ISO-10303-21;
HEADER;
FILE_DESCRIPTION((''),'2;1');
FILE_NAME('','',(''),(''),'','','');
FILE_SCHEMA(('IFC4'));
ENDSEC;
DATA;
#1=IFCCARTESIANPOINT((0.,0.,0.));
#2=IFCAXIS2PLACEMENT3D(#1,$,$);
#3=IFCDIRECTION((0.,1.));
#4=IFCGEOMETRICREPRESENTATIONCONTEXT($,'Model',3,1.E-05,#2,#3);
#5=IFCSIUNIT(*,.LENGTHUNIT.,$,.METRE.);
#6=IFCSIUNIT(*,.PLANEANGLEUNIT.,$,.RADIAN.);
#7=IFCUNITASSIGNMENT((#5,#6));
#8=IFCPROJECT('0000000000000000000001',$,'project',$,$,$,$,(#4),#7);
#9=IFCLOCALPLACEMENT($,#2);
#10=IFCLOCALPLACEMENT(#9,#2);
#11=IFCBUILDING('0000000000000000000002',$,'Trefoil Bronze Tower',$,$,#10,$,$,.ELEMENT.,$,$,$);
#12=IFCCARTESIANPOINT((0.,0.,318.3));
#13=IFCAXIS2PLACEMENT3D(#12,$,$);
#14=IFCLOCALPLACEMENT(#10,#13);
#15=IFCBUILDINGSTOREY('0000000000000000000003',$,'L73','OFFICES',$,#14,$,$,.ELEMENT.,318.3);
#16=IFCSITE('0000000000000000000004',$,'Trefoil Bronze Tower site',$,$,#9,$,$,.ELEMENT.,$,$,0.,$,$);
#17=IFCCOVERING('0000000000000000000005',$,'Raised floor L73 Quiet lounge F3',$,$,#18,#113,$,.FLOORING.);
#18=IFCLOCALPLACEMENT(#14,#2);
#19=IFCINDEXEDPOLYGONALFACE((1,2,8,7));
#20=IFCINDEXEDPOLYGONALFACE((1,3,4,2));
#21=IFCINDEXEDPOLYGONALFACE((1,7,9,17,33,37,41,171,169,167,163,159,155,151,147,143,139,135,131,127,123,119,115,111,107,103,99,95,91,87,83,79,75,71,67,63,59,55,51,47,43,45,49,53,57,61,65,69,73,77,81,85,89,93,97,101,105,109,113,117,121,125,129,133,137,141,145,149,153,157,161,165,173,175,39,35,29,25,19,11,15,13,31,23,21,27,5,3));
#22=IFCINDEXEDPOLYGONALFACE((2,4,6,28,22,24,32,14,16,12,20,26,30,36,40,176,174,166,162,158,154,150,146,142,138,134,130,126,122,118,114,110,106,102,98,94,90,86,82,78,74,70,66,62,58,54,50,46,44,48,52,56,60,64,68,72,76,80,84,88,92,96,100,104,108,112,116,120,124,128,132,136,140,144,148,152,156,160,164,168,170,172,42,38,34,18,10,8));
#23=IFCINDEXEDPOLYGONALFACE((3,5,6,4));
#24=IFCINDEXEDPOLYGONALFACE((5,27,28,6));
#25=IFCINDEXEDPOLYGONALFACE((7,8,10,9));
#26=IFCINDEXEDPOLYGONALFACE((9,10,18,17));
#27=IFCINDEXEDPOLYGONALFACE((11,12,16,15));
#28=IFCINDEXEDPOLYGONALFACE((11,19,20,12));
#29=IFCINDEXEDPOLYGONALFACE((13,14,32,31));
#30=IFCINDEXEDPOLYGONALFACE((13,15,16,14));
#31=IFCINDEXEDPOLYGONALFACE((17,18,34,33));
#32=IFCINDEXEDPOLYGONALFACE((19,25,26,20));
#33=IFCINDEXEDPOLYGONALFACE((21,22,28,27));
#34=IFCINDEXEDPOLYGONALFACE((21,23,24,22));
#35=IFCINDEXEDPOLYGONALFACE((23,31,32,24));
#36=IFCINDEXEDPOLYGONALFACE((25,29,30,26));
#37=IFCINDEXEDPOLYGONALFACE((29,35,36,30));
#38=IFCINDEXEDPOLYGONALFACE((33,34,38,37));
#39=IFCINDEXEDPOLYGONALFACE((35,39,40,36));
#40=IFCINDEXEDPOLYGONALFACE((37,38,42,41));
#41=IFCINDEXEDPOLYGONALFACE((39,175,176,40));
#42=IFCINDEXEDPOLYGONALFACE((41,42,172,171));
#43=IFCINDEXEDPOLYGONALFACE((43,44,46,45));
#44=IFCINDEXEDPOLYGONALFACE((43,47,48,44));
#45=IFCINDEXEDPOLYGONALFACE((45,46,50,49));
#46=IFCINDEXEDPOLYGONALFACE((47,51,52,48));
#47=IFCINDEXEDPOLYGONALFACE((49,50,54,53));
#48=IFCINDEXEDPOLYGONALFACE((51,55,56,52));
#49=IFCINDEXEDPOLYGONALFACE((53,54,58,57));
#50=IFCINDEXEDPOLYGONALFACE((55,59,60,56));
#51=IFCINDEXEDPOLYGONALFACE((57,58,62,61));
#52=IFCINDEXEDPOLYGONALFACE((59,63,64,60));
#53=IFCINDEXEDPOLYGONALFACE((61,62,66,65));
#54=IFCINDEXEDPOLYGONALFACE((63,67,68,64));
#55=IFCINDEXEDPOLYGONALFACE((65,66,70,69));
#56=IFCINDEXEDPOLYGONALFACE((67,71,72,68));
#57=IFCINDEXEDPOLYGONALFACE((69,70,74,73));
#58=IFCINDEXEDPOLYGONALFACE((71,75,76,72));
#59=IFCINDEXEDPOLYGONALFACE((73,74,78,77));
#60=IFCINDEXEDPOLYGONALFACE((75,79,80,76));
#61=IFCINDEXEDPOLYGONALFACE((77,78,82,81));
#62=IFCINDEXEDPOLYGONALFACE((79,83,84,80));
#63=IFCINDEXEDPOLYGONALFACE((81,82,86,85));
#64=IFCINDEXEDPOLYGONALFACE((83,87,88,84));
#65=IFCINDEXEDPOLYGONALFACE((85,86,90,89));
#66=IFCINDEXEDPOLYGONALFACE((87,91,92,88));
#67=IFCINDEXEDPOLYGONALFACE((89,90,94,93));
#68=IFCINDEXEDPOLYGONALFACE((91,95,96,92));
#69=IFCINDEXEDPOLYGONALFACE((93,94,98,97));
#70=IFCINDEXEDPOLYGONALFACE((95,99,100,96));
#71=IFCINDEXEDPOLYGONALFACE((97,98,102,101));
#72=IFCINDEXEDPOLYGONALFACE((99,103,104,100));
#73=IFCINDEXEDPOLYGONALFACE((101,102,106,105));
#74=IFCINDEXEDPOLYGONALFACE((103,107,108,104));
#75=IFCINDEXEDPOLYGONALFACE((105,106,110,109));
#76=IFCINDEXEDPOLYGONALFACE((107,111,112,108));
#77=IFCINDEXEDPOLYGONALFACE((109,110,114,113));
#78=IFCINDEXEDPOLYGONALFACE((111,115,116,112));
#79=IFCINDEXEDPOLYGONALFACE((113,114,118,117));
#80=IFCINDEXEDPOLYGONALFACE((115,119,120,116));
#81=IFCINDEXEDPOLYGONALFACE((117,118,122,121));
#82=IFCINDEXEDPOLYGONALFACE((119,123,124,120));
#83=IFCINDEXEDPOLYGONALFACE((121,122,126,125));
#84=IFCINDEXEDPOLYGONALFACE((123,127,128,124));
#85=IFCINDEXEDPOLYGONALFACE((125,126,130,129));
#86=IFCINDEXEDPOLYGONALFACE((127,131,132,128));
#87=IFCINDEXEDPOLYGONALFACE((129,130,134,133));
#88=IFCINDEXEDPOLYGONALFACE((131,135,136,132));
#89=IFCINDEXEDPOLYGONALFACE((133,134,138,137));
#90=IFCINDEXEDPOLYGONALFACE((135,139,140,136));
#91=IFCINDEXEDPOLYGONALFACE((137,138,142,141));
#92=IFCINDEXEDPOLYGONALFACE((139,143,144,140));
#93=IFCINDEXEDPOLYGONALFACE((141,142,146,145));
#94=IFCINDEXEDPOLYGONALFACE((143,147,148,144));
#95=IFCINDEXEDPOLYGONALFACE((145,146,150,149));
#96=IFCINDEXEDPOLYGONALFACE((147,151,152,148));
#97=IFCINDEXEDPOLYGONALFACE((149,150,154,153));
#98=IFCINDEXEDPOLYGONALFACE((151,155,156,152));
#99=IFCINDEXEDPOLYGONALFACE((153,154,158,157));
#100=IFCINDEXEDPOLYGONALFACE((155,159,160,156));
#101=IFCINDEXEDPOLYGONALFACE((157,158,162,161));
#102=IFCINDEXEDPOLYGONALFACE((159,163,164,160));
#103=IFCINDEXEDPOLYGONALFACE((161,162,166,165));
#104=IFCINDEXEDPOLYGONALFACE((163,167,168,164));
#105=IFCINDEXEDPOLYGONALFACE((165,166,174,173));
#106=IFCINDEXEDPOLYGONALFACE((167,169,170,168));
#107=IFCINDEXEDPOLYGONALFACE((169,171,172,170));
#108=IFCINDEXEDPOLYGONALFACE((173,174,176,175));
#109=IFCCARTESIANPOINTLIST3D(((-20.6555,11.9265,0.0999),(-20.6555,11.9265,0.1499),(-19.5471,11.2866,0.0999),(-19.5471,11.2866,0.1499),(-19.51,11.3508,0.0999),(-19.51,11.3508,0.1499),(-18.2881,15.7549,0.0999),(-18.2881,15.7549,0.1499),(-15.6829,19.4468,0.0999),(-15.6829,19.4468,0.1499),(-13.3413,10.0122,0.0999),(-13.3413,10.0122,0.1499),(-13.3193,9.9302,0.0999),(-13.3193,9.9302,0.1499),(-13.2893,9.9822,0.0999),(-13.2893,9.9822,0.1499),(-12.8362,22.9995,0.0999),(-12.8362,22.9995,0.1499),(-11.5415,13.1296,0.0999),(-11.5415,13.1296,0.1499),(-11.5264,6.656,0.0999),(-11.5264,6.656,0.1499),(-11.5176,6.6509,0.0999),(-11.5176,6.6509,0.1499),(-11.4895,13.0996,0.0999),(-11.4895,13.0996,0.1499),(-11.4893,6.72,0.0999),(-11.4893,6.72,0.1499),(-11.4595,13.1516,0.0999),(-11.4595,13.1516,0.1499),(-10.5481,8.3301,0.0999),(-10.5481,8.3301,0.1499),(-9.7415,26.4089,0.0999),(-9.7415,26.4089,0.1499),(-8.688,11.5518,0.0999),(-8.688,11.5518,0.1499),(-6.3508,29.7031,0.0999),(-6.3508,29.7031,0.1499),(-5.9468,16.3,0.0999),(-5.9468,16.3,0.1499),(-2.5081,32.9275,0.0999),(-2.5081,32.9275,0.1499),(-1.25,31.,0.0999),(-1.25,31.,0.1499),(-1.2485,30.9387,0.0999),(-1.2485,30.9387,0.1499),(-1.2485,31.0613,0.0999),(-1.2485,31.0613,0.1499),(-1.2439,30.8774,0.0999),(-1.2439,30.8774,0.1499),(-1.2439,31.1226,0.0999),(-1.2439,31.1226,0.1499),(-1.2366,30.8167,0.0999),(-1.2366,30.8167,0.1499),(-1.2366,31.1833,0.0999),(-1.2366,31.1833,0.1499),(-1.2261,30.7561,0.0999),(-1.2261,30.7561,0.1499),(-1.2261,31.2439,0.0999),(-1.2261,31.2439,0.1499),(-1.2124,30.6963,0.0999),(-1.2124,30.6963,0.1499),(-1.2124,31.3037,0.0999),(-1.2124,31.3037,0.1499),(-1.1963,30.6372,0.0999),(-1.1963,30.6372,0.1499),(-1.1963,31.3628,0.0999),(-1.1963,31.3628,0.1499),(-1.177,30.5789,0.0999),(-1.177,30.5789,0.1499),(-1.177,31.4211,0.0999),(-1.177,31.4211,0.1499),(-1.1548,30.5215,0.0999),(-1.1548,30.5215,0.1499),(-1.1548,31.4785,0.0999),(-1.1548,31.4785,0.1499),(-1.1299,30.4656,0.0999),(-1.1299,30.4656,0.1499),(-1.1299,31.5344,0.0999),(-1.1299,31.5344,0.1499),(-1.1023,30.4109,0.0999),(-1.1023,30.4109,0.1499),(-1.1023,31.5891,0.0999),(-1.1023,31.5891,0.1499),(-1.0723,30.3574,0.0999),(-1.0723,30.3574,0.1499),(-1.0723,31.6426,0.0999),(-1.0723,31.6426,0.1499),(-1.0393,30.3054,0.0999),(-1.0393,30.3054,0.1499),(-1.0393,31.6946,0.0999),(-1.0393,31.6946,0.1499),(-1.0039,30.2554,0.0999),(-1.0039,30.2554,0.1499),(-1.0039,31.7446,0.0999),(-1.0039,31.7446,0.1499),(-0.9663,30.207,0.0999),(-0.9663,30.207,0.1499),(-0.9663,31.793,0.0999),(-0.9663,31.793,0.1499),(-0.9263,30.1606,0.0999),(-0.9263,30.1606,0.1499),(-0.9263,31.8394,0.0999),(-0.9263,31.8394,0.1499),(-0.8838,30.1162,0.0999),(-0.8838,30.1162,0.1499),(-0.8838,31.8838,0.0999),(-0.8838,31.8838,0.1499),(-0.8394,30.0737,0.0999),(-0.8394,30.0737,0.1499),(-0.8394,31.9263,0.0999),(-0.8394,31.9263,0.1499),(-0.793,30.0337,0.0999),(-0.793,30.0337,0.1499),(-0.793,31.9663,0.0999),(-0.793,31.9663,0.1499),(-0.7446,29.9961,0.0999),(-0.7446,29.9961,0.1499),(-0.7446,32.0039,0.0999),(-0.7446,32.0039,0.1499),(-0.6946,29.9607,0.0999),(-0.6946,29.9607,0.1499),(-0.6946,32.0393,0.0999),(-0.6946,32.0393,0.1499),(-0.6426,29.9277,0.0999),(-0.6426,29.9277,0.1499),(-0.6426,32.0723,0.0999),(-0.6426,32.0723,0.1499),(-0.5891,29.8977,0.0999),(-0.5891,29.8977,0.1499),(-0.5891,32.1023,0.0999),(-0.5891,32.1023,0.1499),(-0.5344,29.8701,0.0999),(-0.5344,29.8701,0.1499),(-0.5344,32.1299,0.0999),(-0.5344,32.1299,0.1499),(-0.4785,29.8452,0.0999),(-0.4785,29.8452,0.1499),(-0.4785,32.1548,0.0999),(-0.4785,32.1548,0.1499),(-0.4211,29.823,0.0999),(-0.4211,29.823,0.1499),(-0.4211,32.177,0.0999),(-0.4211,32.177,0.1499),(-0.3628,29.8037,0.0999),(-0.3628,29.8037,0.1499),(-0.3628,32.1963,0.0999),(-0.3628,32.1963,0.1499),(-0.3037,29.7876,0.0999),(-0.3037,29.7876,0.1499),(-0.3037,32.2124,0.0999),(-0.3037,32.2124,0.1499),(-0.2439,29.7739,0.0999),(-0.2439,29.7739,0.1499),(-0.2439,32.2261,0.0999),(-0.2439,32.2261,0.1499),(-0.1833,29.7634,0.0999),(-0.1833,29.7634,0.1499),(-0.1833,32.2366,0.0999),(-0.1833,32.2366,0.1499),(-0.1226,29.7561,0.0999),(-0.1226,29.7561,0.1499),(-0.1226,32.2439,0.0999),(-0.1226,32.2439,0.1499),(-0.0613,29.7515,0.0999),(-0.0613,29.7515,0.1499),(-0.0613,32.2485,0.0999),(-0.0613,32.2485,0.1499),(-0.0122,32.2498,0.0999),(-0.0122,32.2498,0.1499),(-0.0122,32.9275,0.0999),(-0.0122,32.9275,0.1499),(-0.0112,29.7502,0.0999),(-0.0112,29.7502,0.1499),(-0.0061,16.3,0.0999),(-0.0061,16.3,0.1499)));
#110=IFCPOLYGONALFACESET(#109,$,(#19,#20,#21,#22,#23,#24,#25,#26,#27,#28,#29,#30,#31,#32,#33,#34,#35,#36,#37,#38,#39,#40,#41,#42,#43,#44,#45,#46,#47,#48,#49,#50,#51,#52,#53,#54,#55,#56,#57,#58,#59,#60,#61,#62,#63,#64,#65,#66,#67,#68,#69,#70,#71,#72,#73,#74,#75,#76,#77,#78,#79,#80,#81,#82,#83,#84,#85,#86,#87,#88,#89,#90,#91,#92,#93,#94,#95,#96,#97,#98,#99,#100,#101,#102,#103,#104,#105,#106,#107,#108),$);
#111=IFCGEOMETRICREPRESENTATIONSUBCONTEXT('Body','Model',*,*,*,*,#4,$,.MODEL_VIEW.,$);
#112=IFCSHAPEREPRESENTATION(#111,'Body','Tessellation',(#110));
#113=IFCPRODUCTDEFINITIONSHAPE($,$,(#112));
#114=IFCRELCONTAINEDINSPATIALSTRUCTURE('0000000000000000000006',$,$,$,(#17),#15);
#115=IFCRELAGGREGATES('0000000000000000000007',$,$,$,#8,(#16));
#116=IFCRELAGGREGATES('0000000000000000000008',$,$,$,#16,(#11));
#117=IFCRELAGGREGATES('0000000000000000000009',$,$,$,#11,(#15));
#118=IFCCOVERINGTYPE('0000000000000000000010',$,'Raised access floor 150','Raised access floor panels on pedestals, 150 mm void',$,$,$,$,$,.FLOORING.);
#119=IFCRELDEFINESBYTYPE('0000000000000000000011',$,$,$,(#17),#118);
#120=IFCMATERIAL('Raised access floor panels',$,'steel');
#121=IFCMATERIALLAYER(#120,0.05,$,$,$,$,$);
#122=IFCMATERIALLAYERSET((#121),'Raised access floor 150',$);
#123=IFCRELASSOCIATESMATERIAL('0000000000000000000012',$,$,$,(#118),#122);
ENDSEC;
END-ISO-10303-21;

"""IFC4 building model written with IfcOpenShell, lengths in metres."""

from ifc_helpers import new_model, si_unit, direction, frame, origin, place, context, subcontext, project, spatial, polyline, outline, extrude, material, layer, layer_set, type_object, element, save


model = new_model("IFC4")

# Units and contexts
model_context = context("Model", 3, precision=1e-05, world=origin(), true_north=direction((0.0, 1.0)))
body_context = subcontext(model_context, "Body", "Model", "MODEL_VIEW")
ifc_project = project(units=[si_unit("LENGTHUNIT", "METRE"), si_unit("PLANEANGLEUNIT", "RADIAN")], contexts=[model_context])

# Site, building, storey
site_placement = place(None, origin())
site = spatial("IfcSite", under=ifc_project, at=site_placement, Name="Trefoil Bronze Tower site", CompositionType="ELEMENT", RefElevation=0.0)
building_placement = place(site_placement, origin())
building = spatial("IfcBuilding", under=site, at=building_placement, Name="Trefoil Bronze Tower", CompositionType="ELEMENT")
storey_placement = place(building_placement, frame((0.0, 0.0, 318.3)))
storey = spatial("IfcBuildingStorey", under=building, at=storey_placement, Name="L73", Description="OFFICES", CompositionType="ELEMENT", Elevation=318.3)

# Covering
ifc_material_1 = material(Name="Raised access floor panels", Category="steel")
ifc_layer_1 = layer(ifc_material_1, 0.05)
ifc_layer_set_1 = layer_set([ifc_layer_1], Name="Raised access floor 150")
covering_type_1 = type_object("IfcCoveringType", Name="Raised access floor 150", Description="Raised access floor panels on pedestals, 150 mm void", PredefinedType="FLOORING", material=ifc_layer_set_1)
covering_1_placement = place(storey_placement, frame((0.0, 0.0, 0.0999)))
element("IfcCovering", 1, at=covering_1_placement, inside=storey, type_object=covering_type_1, Name="Raised floor L73 Quiet lounge F3", PredefinedType="FLOORING", context=body_context, shape_type="SweptSolid", body=[
    extrude(outline(polyline([(-0.0112, 29.7502), (-0.0061, 16.3), (-5.9468, 16.3), (-8.688, 11.5518), (-11.4595, 13.1516), (-11.4895, 13.0996), (-11.5415, 13.1296), (-13.3413, 10.0122), (-13.2893, 9.9822), (-13.3193, 9.9302), (-10.5481, 8.3301), (-11.5176, 6.6509), (-11.5264, 6.656), (-11.4893, 6.72), (-19.51, 11.3508), (-19.5471, 11.2866), (-20.6555, 11.9265), (-18.2881, 15.7549), (-15.6829, 19.4468), (-12.8362, 22.9995), (-9.7415, 26.4089), (-6.3508, 29.7031), (-2.5081, 32.9275), (-0.0122, 32.9275), (-0.0122, 32.2498), (-0.0613, 32.2485), (-0.1226, 32.2439), (-0.1833, 32.2366), (-0.2439, 32.2261), (-0.3037, 32.2124), (-0.3628, 32.1963), (-0.4211, 32.177), (-0.4785, 32.1548), (-0.5344, 32.1299), (-0.5891, 32.1023), (-0.6426, 32.0723), (-0.6946, 32.0393), (-0.7446, 32.0039), (-0.793, 31.9663), (-0.8394, 31.9263), (-0.8838, 31.8838), (-0.9263, 31.8394), (-0.9663, 31.793), (-1.0039, 31.7446), (-1.0393, 31.6946), (-1.0723, 31.6426), (-1.1023, 31.5891), (-1.1299, 31.5344), (-1.1548, 31.4785), (-1.177, 31.4211), (-1.1963, 31.3628), (-1.2124, 31.3037), (-1.2261, 31.2439), (-1.2366, 31.1833), (-1.2439, 31.1226), (-1.2485, 31.0613), (-1.25, 31.0), (-1.2485, 30.9387), (-1.2439, 30.8774), (-1.2366, 30.8167), (-1.2261, 30.7561), (-1.2124, 30.6963), (-1.1963, 30.6372), (-1.177, 30.5789), (-1.1548, 30.5215), (-1.1299, 30.4656), (-1.1023, 30.4109), (-1.0723, 30.3574), (-1.0393, 30.3054), (-1.0039, 30.2554), (-0.9663, 30.207), (-0.9263, 30.1606), (-0.8838, 30.1162), (-0.8394, 30.0737), (-0.793, 30.0337), (-0.7446, 29.9961), (-0.6946, 29.9607), (-0.6426, 29.9277), (-0.5891, 29.8977), (-0.5344, 29.8701), (-0.4785, 29.8452), (-0.4211, 29.823), (-0.3628, 29.8037), (-0.3037, 29.7876), (-0.2439, 29.7739), (-0.1833, 29.7634), (-0.1226, 29.7561), (-0.0613, 29.7515), (-0.0112, 29.7502)])), origin(), (0.0, 0.0, 1.0), 0.05),
])

save(model, "model.ifc")
